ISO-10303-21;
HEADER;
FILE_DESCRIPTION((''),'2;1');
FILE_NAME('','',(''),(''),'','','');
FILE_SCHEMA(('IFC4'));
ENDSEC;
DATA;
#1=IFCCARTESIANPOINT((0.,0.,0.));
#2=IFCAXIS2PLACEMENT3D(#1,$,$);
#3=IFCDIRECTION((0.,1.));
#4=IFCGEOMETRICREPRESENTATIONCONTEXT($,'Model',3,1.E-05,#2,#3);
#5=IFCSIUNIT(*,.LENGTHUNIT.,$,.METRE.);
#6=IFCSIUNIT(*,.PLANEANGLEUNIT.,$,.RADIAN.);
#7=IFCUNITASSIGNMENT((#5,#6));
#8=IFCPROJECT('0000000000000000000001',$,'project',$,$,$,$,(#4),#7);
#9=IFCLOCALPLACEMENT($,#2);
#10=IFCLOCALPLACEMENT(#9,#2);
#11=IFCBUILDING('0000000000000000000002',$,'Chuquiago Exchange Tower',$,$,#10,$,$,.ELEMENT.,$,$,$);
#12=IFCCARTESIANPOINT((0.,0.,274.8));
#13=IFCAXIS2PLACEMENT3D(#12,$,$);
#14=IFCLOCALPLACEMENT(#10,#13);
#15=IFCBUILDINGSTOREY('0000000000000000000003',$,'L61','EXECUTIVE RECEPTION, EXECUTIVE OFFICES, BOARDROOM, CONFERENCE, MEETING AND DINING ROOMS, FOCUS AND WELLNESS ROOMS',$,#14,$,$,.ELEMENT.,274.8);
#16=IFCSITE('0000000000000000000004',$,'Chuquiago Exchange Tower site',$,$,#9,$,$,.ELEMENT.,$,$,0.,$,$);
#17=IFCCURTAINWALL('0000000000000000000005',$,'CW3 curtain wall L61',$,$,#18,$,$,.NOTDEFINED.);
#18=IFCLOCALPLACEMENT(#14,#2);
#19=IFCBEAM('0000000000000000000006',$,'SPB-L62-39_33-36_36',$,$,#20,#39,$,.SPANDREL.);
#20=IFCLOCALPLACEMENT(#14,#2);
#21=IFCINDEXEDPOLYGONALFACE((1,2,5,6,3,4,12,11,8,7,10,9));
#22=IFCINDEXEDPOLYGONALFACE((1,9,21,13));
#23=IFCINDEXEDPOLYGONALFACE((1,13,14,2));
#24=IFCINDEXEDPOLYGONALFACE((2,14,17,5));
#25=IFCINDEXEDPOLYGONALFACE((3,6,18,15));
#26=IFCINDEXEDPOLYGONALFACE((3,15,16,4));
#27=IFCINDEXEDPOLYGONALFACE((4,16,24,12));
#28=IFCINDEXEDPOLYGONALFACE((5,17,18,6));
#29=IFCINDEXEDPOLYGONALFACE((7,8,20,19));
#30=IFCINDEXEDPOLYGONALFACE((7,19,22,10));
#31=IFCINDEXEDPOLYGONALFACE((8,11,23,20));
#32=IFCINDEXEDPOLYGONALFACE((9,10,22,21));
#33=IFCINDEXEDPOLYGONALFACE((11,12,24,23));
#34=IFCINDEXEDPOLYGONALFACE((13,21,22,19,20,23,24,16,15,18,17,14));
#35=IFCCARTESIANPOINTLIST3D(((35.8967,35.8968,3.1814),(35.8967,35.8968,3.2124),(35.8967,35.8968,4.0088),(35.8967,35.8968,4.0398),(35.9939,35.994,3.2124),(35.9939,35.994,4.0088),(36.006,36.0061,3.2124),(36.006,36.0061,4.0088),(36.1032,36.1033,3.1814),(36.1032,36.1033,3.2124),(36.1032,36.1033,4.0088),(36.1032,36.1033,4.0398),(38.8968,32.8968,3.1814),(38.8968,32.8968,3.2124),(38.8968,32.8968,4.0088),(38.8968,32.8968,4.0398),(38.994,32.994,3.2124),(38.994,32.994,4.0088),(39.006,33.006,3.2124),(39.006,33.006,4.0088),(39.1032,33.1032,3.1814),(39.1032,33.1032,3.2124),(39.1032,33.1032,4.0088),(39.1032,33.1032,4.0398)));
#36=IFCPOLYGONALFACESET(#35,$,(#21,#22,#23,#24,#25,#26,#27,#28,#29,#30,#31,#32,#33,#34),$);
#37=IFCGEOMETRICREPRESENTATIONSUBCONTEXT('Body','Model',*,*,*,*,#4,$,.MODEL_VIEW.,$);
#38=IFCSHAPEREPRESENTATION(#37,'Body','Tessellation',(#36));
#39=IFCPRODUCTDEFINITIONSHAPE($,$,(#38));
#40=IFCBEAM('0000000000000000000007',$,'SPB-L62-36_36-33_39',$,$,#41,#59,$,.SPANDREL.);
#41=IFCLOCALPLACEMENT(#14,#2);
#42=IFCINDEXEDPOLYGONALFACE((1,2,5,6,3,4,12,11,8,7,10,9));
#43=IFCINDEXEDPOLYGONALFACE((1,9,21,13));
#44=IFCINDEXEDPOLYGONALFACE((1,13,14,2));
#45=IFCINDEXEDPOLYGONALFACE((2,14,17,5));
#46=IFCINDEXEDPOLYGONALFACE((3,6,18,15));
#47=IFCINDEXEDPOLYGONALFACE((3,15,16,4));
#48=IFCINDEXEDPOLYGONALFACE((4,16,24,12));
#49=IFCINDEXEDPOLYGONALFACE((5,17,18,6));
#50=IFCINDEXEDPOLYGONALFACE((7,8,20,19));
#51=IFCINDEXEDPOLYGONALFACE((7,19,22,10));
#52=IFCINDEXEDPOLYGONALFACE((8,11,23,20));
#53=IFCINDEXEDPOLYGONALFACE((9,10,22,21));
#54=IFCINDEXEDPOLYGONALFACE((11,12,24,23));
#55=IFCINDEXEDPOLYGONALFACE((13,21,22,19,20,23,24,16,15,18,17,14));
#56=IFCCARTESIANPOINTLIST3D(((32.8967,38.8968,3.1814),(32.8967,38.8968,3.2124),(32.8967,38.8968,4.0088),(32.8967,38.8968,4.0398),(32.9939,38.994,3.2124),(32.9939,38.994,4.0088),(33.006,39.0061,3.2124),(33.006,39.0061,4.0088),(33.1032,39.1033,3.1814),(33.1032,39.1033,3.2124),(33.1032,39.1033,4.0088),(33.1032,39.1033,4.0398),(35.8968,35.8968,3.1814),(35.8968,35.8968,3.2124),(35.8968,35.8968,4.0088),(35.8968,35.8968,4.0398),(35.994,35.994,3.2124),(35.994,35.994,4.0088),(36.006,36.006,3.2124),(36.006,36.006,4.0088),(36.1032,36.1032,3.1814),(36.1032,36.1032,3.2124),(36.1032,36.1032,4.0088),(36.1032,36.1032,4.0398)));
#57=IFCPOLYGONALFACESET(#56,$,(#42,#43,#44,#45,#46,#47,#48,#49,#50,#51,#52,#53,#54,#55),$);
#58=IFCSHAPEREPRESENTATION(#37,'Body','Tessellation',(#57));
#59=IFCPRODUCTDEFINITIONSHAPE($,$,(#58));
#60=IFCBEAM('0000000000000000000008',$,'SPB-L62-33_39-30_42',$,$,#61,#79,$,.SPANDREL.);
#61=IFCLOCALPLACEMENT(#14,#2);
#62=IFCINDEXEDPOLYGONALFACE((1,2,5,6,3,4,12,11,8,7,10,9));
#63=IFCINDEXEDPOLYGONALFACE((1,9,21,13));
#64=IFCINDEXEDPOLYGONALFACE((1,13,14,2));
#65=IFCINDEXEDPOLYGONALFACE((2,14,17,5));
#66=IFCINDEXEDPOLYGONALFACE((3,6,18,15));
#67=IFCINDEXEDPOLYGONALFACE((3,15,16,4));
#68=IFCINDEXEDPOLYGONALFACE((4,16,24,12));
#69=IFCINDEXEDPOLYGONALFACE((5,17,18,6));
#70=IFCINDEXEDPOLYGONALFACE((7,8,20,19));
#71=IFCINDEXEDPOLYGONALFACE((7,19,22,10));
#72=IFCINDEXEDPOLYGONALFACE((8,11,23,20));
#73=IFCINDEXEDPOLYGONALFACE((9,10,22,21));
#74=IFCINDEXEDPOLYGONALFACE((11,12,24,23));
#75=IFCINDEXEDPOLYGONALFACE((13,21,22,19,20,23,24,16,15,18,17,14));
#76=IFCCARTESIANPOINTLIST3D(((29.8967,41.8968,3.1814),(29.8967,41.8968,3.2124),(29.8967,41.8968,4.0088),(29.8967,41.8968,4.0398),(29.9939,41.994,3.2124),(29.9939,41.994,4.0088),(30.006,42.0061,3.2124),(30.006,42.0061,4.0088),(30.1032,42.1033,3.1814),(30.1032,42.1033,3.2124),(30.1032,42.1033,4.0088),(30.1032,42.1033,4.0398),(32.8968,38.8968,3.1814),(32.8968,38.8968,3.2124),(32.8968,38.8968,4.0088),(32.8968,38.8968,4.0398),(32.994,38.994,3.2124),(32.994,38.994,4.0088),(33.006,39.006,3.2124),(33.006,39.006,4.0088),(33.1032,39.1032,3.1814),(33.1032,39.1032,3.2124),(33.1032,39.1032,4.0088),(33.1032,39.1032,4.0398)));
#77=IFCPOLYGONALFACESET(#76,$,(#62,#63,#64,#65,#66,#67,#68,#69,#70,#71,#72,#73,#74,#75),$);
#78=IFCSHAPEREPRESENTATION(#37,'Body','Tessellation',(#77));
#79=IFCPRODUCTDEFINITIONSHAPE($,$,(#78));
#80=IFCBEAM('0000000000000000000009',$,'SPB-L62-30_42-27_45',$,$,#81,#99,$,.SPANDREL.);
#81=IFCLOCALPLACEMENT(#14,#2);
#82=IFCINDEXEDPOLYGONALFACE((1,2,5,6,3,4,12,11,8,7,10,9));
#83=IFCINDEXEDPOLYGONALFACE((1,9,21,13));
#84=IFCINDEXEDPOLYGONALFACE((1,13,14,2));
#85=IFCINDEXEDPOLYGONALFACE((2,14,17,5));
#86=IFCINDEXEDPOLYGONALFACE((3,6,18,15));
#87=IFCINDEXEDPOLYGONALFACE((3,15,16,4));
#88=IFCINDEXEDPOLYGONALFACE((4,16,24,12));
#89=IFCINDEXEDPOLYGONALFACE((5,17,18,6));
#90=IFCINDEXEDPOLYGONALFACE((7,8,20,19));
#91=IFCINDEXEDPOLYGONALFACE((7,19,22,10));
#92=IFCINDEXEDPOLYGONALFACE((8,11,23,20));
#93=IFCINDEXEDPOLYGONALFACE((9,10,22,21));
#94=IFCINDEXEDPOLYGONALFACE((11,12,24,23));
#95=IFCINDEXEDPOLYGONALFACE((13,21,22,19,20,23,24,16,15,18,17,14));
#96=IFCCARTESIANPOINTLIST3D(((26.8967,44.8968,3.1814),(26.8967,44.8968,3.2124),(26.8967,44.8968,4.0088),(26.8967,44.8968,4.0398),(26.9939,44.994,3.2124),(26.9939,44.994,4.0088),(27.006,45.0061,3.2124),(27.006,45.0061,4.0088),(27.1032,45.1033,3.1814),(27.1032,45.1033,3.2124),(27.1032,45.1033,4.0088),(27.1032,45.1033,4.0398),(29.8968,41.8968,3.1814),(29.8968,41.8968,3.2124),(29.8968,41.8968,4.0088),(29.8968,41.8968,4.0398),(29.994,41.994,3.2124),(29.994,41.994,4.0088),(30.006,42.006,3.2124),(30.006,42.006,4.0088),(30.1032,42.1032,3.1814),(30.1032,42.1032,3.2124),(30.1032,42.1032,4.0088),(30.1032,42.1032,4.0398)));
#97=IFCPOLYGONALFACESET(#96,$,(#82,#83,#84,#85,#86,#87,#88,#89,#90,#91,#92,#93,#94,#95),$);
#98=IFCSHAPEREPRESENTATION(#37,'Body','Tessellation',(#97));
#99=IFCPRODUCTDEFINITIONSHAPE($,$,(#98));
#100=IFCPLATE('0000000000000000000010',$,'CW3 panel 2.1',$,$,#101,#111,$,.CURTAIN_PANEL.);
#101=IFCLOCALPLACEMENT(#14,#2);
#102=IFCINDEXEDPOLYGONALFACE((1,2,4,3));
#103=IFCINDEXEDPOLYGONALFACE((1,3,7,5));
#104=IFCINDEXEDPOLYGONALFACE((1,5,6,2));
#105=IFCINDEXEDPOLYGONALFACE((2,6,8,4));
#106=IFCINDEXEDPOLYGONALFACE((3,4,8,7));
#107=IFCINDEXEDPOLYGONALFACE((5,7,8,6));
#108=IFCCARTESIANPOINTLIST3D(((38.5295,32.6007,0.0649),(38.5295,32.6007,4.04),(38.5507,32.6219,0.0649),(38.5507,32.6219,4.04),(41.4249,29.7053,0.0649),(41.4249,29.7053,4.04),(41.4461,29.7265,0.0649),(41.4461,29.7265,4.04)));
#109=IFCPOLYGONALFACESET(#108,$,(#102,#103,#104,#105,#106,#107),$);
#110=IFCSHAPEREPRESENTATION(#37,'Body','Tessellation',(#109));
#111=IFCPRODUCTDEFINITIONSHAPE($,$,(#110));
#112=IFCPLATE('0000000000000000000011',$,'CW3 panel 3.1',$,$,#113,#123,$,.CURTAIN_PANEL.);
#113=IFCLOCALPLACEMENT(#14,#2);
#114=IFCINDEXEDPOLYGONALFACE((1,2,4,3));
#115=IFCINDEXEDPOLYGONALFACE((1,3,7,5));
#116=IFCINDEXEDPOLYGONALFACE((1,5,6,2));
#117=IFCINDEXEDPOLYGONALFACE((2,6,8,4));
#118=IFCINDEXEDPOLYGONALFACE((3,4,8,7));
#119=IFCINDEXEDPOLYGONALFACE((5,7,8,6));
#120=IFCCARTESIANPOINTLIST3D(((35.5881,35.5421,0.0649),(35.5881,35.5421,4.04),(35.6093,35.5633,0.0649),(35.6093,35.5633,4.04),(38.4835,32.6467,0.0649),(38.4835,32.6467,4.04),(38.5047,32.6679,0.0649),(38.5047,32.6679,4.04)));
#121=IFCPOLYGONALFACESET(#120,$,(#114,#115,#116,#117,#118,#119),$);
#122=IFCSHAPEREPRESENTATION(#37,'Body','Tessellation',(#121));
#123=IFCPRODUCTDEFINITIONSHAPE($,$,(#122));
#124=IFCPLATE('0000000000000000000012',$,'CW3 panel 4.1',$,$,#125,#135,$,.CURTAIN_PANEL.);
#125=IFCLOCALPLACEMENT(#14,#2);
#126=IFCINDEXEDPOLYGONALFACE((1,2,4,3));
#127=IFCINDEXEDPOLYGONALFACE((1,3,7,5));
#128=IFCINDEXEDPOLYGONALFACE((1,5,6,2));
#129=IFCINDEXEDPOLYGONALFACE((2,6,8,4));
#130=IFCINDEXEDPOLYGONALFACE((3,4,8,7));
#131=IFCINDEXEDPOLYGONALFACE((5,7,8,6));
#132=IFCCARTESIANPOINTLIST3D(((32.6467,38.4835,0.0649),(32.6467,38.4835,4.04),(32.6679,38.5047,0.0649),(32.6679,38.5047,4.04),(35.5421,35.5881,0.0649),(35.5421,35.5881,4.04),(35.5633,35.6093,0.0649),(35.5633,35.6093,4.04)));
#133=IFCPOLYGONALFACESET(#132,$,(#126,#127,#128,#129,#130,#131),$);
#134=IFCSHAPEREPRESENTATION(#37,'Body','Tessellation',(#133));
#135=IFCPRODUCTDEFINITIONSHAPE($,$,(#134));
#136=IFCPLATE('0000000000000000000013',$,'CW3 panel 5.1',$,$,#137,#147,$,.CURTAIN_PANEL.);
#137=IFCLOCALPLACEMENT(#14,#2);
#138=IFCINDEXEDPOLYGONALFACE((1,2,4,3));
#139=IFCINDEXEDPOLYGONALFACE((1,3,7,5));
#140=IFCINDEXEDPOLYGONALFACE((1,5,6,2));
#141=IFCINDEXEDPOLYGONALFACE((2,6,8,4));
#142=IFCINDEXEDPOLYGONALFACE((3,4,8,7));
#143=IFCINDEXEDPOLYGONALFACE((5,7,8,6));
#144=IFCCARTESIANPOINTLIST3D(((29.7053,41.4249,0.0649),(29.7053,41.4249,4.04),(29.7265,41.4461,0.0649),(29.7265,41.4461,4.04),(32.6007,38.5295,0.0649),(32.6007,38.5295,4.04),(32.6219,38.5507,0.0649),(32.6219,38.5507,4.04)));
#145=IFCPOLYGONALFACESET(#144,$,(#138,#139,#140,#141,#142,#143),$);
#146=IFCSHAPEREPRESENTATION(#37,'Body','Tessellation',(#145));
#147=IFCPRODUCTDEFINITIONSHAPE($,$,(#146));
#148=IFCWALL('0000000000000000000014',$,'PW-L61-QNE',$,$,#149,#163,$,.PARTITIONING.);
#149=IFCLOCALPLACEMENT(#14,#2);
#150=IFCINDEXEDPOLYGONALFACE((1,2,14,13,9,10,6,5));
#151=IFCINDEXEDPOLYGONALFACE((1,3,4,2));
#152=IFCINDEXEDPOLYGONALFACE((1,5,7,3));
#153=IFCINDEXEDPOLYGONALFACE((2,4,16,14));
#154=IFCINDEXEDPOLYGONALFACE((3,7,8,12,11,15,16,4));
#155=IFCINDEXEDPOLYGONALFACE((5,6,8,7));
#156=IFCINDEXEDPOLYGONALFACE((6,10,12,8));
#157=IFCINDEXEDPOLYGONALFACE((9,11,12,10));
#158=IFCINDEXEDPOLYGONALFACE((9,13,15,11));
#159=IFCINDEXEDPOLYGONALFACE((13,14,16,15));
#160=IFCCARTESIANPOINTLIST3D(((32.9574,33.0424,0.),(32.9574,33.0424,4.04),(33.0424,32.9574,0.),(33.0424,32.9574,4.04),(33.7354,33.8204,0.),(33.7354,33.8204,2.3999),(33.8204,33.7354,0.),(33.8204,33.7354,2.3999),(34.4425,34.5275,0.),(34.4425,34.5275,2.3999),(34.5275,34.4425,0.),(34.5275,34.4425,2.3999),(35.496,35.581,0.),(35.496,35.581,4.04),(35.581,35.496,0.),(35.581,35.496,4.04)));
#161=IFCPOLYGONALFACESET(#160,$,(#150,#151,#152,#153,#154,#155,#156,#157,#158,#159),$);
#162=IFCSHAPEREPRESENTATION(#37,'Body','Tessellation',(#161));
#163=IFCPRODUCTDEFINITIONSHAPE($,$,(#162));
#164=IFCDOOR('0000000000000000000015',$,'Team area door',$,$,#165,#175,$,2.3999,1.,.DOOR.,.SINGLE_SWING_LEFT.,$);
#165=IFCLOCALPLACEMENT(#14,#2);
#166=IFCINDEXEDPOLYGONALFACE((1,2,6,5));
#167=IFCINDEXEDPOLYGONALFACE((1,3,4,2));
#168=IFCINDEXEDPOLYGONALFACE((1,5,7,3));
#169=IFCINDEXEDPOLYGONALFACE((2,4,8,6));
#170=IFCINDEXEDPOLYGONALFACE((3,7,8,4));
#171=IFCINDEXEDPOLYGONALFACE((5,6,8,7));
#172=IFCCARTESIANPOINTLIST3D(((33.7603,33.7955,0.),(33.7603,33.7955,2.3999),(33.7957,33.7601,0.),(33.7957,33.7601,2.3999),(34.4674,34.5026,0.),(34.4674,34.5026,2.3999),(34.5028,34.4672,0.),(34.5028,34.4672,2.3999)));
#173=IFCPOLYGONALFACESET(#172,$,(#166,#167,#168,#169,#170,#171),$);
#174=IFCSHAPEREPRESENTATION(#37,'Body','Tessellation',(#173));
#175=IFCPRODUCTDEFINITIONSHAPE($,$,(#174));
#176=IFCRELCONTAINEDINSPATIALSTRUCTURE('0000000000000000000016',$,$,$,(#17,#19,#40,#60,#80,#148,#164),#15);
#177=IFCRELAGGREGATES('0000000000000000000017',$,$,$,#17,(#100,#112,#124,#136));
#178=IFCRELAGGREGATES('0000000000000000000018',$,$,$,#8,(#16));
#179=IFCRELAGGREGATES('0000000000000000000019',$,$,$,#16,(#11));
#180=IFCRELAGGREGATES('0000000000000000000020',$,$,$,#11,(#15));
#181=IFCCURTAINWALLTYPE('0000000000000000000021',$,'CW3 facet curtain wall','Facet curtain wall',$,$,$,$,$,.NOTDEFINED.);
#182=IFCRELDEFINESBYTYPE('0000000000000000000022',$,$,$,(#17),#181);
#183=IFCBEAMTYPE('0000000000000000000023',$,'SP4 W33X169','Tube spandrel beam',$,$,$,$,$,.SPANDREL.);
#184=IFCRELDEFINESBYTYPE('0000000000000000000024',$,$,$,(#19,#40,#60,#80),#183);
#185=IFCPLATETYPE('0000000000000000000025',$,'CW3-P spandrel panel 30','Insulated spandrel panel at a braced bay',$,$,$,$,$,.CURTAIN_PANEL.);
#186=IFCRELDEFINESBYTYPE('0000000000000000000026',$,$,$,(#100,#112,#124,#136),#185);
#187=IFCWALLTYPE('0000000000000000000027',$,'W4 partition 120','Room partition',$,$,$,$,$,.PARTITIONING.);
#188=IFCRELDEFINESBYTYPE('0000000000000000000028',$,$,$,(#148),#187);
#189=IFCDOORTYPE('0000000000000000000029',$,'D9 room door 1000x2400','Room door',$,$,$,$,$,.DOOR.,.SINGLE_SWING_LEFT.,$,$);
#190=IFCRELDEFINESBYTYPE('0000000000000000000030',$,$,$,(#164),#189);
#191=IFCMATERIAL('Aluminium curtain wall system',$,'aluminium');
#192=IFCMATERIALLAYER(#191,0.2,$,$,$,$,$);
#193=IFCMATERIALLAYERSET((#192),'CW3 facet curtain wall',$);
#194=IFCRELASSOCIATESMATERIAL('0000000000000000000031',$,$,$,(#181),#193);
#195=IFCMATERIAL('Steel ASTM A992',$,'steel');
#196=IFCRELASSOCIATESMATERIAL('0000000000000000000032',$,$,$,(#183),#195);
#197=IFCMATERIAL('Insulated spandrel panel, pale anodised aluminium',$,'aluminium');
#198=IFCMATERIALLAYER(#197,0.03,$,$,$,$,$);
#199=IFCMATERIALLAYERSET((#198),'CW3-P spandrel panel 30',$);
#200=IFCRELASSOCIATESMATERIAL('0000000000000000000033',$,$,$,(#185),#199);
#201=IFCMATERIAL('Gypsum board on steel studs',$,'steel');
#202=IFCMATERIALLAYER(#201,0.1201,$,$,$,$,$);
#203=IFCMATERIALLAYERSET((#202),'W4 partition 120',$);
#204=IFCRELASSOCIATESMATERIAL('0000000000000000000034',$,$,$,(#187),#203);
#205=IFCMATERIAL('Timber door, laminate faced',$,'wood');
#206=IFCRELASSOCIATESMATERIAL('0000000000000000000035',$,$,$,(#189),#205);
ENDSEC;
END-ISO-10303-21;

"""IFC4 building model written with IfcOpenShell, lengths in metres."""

from ifc_helpers import new_model, si_unit, direction, frame, frame_2d, origin, origin_2d, place, context, subcontext, project, spatial, rectangle, i_section, extrude, material, layer, layer_set, material_profile, profile_set, type_object, element, fill, aggregate, save


model = new_model("IFC4")

# Units and contexts
model_context = context("Model", 3, precision=1e-05, world=origin(), true_north=direction((0.0, 1.0)))
body_context = subcontext(model_context, "Body", "Model", "MODEL_VIEW")
ifc_project = project(units=[si_unit("LENGTHUNIT", "METRE"), si_unit("PLANEANGLEUNIT", "RADIAN")], contexts=[model_context])

# Site, building, storey
site_placement = place(None, origin())
site = spatial("IfcSite", under=ifc_project, at=site_placement, Name="Chuquiago Exchange Tower site", CompositionType="ELEMENT", RefElevation=0.0)
building_placement = place(site_placement, origin())
building = spatial("IfcBuilding", under=site, at=building_placement, Name="Chuquiago Exchange Tower", CompositionType="ELEMENT")
storey_placement = place(building_placement, frame((0.0, 0.0, 274.8)))
storey = spatial("IfcBuildingStorey", under=building, at=storey_placement, Name="L61", Description="EXECUTIVE RECEPTION, EXECUTIVE OFFICES, BOARDROOM, CONFERENCE, MEETING AND DINING ROOMS, FOCUS AND WELLNESS ROOMS", CompositionType="ELEMENT", Elevation=274.8)

# Curtain wall
ifc_material_1 = material(Name="Aluminium curtain wall system", Category="aluminium")
ifc_layer_1 = layer(ifc_material_1, 0.2)
ifc_layer_set_1 = layer_set([ifc_layer_1], Name="CW3 facet curtain wall")
curtain_wall_type = type_object("IfcCurtainWallType", Name="CW3 facet curtain wall", Description="Facet curtain wall", PredefinedType="NOTDEFINED", material=ifc_layer_set_1)
curtain_wall_placement = place(storey_placement, origin())
curtain_wall = element("IfcCurtainWall", 1, at=curtain_wall_placement, inside=storey, type_object=curtain_wall_type, Name="CW3 curtain wall L61", PredefinedType="NOTDEFINED")

# Beams
ifc_material_2 = material(Name="Steel ASTM A992", Category="steel")
ifc_material_profile_1 = material_profile(ifc_material_2, i_section(OverallWidth=0.292, OverallDepth=0.8584, WebThickness=0.0171, FlangeThickness=0.031, at=origin_2d()), Name="W33X169")
ifc_profile_set_1 = profile_set([ifc_material_profile_1], Name="Steel ASTM A992")
beam_type_1 = type_object("IfcBeamType", Name="SP4 W33X169", Description="Tube spandrel beam", PredefinedType="SPANDREL", material=ifc_profile_set_1)
for number, where, z_axis, x_axis, name in (
    (2, (39.0, 33.0, 3.6106), (-0.707107, 0.707107, 0.0), (-0.707107, -0.707107, 0.0), "SPB-L62-39_33-36_36"),
    (3, (36.0, 36.0, 3.6106), (-0.707107, 0.707107, 0.0), (-0.707107, -0.707107, 0.0), "SPB-L62-36_36-33_39"),
    (4, (33.0, 39.0, 3.6106), (-0.707107, 0.707107, 0.0), (-0.707107, -0.707107, 0.0), "SPB-L62-33_39-30_42"),
    (5, (30.0, 42.0, 3.6106), (-0.707107, 0.707107, 0.0), (-0.707107, -0.707107, 0.0), "SPB-L62-30_42-27_45"),
):
    element("IfcBeam", number, at=place(storey_placement, frame(where, z_axis=z_axis, x_axis=x_axis)), inside=storey, type_object=beam_type_1, Name=name, PredefinedType="SPANDREL", context=body_context, shape_type="SweptSolid", body=[
        extrude(i_section(OverallWidth=0.292, OverallDepth=0.8584, WebThickness=0.0171, FlangeThickness=0.031, at=origin_2d()), origin(), (0.0, 0.0, 1.0), 4.2427),
    ])

# Plates
ifc_material_3 = material(Name="Insulated spandrel panel, pale anodised aluminium", Category="aluminium")
ifc_layer_2 = layer(ifc_material_3, 0.03)
ifc_layer_set_2 = layer_set([ifc_layer_2], Name="CW3-P spandrel panel 30")
plate_type = type_object("IfcPlateType", Name="CW3-P spandrel panel 30", Description="Insulated spandrel panel at a braced bay", PredefinedType="CURTAIN_PANEL", material=ifc_layer_set_2)
plate_1_placement = place(storey_placement, frame((39.9878, 31.1636, 0.0649), z_axis=(0.0, 0.0, 1.0), x_axis=(-0.707107, 0.707107, 0.0)))
plate_1 = element("IfcPlate", 6, at=plate_1_placement, type_object=plate_type, Name="CW3 panel 2.1", PredefinedType="CURTAIN_PANEL", context=body_context, shape_type="SweptSolid", body=[
    extrude(rectangle(XDim=4.0947, YDim=0.03, at=origin_2d()), origin(), (0.0, 0.0, 1.0), 3.9751),
])
plate_2_placement = place(storey_placement, frame((37.0464, 34.105, 0.0649), z_axis=(0.0, 0.0, 1.0), x_axis=(-0.707107, 0.707107, 0.0)))
plate_2 = element("IfcPlate", 7, at=plate_2_placement, type_object=plate_type, Name="CW3 panel 3.1", PredefinedType="CURTAIN_PANEL", context=body_context, shape_type="SweptSolid", body=[
    extrude(rectangle(XDim=4.0947, YDim=0.03, at=origin_2d()), origin(), (0.0, 0.0, 1.0), 3.9751),
])
plate_3_placement = place(storey_placement, frame((34.105, 37.0464, 0.0649), z_axis=(0.0, 0.0, 1.0), x_axis=(-0.707107, 0.707107, 0.0)))
plate_3 = element("IfcPlate", 8, at=plate_3_placement, type_object=plate_type, Name="CW3 panel 4.1", PredefinedType="CURTAIN_PANEL", context=body_context, shape_type="SweptSolid", body=[
    extrude(rectangle(XDim=4.0947, YDim=0.03, at=origin_2d()), origin(), (0.0, 0.0, 1.0), 3.9751),
])
plate_4_placement = place(storey_placement, frame((31.1636, 39.9878, 0.0649), z_axis=(0.0, 0.0, 1.0), x_axis=(-0.707107, 0.707107, 0.0)))
plate_4 = element("IfcPlate", 9, at=plate_4_placement, type_object=plate_type, Name="CW3 panel 5.1", PredefinedType="CURTAIN_PANEL", context=body_context, shape_type="SweptSolid", body=[
    extrude(rectangle(XDim=4.0947, YDim=0.03, at=origin_2d()), origin(), (0.0, 0.0, 1.0), 3.9751),
])
aggregate(curtain_wall, [plate_1, plate_2, plate_3, plate_4])

# Wall, opening, door
ifc_material_4 = material(Name="Gypsum board on steel studs", Category="steel")
ifc_layer_3 = layer(ifc_material_4, 0.1201)
ifc_layer_set_3 = layer_set([ifc_layer_3], Name="W4 partition 120")
wall_type = type_object("IfcWallType", Name="W4 partition 120", Description="Room partition", PredefinedType="PARTITIONING", material=ifc_layer_set_3)
wall_placement = place(storey_placement, frame((33.0, 33.0, 0.0), z_axis=(0.0, 0.0, 1.0), x_axis=(0.707107, 0.707107, 0.0)))
wall = element("IfcWall", 10, at=wall_placement, inside=storey, type_object=wall_type, Name="PW-L61-QNE", PredefinedType="PARTITIONING", context=body_context, shape_type="SweptSolid", body=[
    extrude(rectangle(XDim=3.5901, YDim=0.1201, at=frame_2d((1.7949, 0.0))), origin(), (0.0, 0.0, 1.0), 4.04),
])
opening_placement = place(wall_placement, frame((1.1001, 0.0, 0.0)))
opening = element("IfcOpeningElement", 11, at=opening_placement, cuts=wall, PredefinedType="OPENING", context=body_context, shape_type="SweptSolid", body=[
    extrude(rectangle(XDim=1.0, YDim=2.3999, at=frame_2d((0.5, 1.2))), frame((0.0, 0.0701, 0.0), z_axis=(0.0, -1.0, 0.0), x_axis=(1.0, 0.0, 0.0)), (0.0, 0.0, 1.0), 0.1401),
])
ifc_material_5 = material(Name="Timber door, laminate faced", Category="wood")
door_type = type_object("IfcDoorType", Name="D9 room door 1000x2400", Description="Room door", OperationType="SINGLE_SWING_LEFT", PredefinedType="DOOR", material=ifc_material_5)
door_placement = place(opening_placement, origin())
door = element("IfcDoor", 12, at=door_placement, inside=storey, type_object=door_type, Name="Team area door", OperationType="SINGLE_SWING_LEFT", OverallHeight=2.3999, OverallWidth=1.0, PredefinedType="DOOR", context=body_context, shape_type="SweptSolid", body=[
    extrude(rectangle(XDim=1.0, YDim=2.3999, at=frame_2d((0.5, 1.2))), frame((0.0, 0.0249, 0.0), z_axis=(0.0, -1.0, 0.0), x_axis=(1.0, 0.0, 0.0)), (0.0, 0.0, 1.0), 0.05),
])
fill(opening, door)

save(model, "model.ifc")
